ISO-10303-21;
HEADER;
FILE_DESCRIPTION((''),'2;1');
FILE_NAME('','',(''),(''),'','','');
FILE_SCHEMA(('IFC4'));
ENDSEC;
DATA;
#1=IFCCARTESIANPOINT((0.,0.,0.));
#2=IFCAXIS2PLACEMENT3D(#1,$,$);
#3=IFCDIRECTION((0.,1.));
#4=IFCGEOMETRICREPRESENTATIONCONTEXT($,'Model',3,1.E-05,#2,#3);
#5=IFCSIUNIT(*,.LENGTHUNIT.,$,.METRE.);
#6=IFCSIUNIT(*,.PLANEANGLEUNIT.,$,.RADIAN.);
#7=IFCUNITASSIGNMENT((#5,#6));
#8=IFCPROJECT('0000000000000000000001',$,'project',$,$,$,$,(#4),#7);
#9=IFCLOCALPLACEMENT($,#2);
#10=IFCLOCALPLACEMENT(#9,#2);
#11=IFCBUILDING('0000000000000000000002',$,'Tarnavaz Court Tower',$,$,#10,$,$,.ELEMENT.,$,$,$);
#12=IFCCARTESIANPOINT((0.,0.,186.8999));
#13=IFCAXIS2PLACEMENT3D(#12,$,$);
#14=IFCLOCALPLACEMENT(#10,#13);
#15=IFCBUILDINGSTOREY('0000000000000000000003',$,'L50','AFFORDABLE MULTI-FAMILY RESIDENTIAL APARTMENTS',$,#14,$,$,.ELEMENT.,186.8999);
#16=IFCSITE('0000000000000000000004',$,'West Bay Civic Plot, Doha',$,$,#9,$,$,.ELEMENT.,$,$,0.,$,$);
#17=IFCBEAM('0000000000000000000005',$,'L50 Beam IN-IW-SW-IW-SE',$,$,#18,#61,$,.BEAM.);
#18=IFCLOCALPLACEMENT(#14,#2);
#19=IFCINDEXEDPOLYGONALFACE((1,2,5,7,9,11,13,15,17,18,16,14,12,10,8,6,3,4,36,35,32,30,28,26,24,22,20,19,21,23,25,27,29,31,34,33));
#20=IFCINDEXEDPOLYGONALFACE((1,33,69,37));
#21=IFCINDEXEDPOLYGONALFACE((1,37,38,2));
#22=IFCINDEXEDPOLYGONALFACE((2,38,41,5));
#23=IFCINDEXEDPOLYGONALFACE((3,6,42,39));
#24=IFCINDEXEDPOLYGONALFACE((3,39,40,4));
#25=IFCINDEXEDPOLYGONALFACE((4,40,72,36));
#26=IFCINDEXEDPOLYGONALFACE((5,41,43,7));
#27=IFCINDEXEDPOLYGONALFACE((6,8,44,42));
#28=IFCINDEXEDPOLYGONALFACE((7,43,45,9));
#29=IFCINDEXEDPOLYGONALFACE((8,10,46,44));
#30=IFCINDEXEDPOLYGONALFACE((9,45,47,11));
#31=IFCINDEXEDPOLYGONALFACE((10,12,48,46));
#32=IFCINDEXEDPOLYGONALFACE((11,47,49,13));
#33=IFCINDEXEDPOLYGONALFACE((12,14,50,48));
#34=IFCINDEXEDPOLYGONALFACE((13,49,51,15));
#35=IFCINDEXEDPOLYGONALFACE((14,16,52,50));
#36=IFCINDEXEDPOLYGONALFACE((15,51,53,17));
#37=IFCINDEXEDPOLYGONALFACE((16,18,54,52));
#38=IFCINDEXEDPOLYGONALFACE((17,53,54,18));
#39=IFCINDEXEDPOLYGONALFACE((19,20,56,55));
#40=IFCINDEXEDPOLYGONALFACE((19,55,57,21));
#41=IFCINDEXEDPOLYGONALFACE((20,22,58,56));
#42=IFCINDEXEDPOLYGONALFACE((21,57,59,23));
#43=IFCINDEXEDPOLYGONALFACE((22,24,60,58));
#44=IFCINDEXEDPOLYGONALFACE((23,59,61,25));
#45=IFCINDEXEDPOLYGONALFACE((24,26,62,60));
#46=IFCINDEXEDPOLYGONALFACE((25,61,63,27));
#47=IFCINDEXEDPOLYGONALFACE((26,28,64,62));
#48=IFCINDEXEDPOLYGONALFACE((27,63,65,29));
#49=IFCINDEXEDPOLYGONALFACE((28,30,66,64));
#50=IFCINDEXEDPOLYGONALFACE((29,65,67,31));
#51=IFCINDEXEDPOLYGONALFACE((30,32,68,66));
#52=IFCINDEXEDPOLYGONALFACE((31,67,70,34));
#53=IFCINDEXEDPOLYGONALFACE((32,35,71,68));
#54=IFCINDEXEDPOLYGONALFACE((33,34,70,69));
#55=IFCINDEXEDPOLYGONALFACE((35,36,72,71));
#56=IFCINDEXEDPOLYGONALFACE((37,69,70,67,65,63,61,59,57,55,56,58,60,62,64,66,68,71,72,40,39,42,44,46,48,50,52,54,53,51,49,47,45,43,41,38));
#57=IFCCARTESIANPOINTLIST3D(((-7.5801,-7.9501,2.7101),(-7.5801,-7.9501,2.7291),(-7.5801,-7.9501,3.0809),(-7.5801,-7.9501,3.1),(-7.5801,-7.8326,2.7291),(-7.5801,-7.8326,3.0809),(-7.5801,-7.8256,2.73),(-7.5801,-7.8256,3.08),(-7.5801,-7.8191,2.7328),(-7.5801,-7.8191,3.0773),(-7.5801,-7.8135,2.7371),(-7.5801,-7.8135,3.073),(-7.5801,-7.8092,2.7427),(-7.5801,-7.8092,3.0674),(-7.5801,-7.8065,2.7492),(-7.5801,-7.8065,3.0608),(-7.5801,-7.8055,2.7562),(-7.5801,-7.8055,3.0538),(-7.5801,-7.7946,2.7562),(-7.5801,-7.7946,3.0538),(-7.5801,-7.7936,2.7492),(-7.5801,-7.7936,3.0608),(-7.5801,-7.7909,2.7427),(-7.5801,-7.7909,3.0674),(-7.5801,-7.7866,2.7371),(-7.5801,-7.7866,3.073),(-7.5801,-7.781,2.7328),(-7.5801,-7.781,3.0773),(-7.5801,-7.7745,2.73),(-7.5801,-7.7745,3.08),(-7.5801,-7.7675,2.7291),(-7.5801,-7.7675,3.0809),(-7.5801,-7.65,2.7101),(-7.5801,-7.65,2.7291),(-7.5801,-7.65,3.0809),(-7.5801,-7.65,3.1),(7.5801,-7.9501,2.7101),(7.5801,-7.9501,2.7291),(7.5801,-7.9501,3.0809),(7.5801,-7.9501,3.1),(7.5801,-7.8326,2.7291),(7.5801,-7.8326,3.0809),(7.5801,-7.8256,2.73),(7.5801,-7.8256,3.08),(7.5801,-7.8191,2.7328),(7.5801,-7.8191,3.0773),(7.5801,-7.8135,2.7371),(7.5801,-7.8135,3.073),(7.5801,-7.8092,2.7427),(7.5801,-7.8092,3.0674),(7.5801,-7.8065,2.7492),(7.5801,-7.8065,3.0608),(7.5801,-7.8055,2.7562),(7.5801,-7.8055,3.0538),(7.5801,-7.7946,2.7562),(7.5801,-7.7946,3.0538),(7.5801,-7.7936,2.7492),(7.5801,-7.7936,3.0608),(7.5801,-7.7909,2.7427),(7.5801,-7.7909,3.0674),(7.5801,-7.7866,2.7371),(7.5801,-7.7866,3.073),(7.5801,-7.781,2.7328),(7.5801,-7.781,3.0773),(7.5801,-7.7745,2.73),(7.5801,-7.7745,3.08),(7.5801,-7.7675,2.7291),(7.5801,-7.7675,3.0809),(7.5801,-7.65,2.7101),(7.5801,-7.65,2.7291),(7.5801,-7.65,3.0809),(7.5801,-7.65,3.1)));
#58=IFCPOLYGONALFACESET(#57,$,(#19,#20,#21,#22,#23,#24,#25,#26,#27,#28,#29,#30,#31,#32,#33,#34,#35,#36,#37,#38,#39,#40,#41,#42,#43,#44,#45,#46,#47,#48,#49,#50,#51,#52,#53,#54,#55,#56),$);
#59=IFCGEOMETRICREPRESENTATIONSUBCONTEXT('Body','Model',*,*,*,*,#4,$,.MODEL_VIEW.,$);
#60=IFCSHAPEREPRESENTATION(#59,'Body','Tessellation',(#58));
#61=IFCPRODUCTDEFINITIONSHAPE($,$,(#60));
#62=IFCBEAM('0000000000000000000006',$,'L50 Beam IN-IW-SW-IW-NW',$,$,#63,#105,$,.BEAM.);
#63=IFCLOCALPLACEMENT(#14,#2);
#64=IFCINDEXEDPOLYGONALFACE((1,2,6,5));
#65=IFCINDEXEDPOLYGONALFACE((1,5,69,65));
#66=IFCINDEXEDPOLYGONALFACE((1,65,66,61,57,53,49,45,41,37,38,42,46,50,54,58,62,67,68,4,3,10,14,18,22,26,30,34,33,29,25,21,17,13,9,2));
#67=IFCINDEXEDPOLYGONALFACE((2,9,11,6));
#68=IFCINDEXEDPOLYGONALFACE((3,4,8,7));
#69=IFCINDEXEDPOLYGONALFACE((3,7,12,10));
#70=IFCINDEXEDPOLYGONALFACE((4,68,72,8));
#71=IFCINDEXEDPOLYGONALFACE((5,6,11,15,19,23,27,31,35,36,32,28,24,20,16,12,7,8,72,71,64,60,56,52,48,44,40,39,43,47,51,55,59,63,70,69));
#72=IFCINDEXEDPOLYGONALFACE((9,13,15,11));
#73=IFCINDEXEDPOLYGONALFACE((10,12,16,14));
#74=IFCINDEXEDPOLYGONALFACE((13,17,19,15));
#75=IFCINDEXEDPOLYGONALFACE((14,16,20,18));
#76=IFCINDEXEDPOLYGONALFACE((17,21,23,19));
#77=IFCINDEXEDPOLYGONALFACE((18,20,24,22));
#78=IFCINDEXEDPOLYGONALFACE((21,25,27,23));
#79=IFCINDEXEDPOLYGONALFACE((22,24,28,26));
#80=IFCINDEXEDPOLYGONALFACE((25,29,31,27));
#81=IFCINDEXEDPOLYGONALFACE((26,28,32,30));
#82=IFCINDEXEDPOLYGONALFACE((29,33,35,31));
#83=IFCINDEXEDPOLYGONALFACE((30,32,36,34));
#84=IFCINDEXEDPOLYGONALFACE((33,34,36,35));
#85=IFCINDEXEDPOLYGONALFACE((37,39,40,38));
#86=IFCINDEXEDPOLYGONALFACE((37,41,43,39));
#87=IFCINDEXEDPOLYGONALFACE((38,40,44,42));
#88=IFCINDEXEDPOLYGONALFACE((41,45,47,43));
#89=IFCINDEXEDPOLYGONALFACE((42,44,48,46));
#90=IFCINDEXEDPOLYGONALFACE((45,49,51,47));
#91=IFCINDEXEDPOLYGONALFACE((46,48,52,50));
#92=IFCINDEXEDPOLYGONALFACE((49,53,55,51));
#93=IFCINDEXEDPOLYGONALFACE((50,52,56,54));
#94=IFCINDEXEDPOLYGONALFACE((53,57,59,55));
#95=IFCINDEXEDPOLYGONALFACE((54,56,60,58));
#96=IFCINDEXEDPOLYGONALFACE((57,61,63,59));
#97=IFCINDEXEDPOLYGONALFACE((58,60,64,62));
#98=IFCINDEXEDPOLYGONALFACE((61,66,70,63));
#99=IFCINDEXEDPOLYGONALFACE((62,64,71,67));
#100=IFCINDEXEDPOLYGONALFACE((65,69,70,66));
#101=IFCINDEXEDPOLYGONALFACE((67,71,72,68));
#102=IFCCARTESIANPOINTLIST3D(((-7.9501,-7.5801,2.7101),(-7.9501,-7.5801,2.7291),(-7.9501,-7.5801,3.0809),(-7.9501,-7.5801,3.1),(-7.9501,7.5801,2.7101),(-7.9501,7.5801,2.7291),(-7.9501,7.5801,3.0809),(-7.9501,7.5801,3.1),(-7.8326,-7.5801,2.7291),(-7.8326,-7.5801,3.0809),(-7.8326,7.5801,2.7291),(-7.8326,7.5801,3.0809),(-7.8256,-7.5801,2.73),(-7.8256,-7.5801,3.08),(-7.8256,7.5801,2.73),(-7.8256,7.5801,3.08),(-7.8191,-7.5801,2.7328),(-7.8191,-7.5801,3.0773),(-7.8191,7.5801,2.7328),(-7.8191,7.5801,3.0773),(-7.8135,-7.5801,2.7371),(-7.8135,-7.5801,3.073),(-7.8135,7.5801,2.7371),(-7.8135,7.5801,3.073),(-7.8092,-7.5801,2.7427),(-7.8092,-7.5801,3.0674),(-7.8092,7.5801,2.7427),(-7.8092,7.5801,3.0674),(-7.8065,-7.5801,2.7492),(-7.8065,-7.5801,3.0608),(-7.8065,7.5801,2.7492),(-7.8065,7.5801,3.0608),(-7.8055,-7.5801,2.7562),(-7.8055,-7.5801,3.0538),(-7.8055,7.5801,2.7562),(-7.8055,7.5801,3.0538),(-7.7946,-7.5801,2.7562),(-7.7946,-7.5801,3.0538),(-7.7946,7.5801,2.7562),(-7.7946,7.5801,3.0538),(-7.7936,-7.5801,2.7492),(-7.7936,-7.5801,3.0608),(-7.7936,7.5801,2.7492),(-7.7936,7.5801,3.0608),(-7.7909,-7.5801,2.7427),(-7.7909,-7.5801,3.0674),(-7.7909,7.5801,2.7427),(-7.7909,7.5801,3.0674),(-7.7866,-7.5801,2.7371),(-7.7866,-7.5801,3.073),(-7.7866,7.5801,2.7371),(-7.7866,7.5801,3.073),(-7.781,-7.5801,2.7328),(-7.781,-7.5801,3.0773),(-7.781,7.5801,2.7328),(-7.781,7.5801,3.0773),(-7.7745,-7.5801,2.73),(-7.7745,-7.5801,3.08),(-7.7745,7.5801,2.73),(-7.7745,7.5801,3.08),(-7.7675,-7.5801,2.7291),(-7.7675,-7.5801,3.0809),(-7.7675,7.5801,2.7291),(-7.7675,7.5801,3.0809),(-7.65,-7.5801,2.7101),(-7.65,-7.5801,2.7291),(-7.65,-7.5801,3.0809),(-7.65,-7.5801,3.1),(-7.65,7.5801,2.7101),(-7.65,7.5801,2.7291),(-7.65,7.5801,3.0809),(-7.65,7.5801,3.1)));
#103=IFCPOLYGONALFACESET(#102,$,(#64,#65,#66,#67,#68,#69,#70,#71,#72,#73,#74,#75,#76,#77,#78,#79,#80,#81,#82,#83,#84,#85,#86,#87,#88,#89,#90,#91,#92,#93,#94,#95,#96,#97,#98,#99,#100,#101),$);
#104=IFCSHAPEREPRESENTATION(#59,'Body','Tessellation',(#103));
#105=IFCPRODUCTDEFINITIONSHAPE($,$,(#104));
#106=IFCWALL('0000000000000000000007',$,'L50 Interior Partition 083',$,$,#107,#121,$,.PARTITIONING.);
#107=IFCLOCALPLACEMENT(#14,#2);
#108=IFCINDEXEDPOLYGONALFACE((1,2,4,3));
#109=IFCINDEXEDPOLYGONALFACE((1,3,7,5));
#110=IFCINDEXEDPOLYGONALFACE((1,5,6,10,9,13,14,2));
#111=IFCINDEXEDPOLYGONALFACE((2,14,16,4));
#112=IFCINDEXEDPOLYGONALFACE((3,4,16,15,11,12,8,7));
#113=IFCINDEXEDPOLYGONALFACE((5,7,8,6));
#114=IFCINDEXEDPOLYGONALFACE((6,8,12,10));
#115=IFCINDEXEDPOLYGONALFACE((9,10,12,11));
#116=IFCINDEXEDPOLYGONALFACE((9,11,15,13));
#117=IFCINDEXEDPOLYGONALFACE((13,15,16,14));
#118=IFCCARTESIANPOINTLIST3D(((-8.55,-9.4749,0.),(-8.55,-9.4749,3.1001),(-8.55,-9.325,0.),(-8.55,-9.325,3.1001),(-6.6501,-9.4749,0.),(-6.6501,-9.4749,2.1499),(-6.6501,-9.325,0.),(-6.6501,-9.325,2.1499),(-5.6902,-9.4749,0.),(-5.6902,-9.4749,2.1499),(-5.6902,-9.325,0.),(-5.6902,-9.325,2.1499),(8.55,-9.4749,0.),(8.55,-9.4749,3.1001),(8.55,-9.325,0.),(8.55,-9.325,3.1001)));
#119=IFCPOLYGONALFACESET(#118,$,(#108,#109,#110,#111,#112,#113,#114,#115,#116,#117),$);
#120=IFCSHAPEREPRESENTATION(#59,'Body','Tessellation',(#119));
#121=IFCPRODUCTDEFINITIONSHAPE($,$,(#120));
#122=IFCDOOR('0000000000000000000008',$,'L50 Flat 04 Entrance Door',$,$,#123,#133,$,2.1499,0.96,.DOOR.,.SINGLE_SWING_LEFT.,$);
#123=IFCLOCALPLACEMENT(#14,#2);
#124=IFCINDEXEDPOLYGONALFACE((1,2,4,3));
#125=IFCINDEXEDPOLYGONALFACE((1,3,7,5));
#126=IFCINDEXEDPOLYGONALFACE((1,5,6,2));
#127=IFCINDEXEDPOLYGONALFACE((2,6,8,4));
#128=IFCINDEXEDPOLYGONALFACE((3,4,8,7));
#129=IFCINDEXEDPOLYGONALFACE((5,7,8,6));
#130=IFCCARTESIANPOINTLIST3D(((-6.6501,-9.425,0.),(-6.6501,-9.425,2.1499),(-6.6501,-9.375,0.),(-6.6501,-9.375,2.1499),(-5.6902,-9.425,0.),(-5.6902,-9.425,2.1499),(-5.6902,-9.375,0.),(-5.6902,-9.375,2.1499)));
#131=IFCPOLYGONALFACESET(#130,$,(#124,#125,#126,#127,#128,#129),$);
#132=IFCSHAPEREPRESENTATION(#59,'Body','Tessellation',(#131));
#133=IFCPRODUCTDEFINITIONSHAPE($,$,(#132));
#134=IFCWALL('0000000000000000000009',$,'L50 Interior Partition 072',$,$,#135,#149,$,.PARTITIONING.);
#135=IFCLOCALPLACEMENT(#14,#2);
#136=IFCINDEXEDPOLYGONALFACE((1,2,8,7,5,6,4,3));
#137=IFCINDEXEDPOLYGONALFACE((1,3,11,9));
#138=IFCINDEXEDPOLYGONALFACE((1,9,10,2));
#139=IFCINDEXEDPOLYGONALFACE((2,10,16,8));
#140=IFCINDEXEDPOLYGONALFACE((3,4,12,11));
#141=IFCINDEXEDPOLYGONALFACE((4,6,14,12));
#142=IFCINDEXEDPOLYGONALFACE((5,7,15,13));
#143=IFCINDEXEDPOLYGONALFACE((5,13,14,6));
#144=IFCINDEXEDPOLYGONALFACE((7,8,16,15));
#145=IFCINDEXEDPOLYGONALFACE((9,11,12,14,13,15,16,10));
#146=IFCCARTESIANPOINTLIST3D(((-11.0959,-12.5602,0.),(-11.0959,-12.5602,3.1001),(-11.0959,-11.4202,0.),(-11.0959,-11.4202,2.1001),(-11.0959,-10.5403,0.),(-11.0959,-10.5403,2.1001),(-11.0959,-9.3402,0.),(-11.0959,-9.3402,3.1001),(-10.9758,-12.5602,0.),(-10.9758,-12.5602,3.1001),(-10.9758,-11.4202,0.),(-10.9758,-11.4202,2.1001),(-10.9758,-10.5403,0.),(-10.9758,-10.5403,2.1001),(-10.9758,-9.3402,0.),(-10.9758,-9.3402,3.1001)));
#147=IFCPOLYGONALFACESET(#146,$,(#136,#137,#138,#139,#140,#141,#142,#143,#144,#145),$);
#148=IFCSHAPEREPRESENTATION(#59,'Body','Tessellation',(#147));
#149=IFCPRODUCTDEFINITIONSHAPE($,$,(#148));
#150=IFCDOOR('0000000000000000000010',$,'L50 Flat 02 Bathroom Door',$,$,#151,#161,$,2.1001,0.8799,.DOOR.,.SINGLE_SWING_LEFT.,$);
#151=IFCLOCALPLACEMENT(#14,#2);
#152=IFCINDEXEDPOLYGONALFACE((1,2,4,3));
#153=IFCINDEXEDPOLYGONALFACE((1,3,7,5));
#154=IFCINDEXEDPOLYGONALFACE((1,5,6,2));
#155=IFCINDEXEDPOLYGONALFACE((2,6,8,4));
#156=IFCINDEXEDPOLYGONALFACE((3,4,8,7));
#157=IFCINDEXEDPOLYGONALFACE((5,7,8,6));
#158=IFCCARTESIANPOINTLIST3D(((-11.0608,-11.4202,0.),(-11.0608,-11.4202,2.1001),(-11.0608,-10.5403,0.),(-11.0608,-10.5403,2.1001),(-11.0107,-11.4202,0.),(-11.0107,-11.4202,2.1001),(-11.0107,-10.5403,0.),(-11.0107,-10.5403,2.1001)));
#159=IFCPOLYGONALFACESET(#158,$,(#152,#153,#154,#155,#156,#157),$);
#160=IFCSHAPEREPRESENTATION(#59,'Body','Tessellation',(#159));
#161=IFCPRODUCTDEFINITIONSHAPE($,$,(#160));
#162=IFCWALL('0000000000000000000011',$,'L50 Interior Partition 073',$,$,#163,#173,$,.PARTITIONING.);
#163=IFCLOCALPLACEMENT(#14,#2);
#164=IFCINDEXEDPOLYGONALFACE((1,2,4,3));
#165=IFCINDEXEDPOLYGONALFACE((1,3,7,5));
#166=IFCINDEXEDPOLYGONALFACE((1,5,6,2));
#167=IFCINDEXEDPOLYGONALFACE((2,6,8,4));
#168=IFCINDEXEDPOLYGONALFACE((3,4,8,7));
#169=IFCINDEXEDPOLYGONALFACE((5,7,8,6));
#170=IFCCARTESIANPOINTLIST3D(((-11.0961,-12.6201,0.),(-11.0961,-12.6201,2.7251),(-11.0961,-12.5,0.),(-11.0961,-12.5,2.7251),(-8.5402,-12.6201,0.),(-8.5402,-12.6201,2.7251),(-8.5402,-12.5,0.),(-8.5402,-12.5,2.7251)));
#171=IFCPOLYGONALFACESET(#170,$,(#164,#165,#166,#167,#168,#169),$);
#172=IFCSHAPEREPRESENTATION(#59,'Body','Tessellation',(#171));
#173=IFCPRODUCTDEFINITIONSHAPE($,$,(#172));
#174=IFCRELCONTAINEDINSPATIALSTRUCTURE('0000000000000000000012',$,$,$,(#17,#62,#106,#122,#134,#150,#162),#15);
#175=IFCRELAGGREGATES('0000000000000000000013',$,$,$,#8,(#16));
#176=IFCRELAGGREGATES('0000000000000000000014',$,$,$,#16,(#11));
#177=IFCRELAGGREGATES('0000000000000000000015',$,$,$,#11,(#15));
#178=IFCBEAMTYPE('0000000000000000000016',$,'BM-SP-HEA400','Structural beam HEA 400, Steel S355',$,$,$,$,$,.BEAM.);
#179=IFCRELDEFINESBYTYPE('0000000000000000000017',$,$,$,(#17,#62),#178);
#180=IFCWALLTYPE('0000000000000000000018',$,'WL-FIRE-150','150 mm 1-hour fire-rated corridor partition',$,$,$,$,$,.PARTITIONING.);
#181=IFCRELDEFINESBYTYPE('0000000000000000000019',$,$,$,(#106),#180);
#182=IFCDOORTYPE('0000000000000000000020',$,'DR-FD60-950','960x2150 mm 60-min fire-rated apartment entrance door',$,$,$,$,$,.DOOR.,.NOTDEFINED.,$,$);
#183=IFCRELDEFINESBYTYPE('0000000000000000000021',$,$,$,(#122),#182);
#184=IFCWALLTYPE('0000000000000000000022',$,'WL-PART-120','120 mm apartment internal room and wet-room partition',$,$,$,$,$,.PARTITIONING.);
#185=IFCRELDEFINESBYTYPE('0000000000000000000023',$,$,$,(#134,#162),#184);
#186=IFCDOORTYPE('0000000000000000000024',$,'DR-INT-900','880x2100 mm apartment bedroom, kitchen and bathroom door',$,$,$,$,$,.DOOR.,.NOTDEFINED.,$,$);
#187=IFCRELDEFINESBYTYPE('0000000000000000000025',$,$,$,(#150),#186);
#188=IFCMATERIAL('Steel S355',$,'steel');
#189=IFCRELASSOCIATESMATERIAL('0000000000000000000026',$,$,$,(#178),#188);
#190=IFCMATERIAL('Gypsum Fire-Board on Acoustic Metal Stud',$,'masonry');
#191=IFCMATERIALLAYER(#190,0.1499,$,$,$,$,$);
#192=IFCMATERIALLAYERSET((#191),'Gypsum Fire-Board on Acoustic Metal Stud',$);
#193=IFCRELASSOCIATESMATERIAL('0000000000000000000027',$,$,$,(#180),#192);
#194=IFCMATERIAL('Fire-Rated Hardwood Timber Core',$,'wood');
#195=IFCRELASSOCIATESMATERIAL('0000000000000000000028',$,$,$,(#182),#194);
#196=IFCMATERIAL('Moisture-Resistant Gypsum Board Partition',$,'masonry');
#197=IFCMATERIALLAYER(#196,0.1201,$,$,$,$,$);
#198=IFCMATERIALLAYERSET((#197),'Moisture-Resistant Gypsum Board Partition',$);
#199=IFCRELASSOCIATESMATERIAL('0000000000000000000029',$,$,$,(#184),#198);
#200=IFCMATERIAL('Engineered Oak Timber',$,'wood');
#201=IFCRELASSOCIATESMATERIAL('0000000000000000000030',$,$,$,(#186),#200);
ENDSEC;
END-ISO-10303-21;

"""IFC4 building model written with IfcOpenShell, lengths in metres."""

from ifc_helpers import new_model, si_unit, direction, frame, frame_2d, origin, origin_2d, place, context, subcontext, project, spatial, rectangle, i_section, extrude, material, layer, layer_set, material_profile, profile_set, type_object, element, fill, save


model = new_model("IFC4")

# Units and contexts
model_context = context("Model", 3, precision=1e-05, world=origin(), true_north=direction((0.0, 1.0)))
body_context = subcontext(model_context, "Body", "Model", "MODEL_VIEW")
ifc_project = project(units=[si_unit("LENGTHUNIT", "METRE"), si_unit("PLANEANGLEUNIT", "RADIAN")], contexts=[model_context])

# Site, building, storey
site_placement = place(None, origin())
site = spatial("IfcSite", under=ifc_project, at=site_placement, Name="West Bay Civic Plot, Doha", CompositionType="ELEMENT", RefElevation=0.0)
building_placement = place(site_placement, origin())
building = spatial("IfcBuilding", under=site, at=building_placement, Name="Tarnavaz Court Tower", CompositionType="ELEMENT")
storey_placement = place(building_placement, frame((0.0, 0.0, 186.8999)))
storey = spatial("IfcBuildingStorey", under=building, at=storey_placement, Name="L50", Description="AFFORDABLE MULTI-FAMILY RESIDENTIAL APARTMENTS", CompositionType="ELEMENT", Elevation=186.8999)

# Beams
ifc_material_1 = material(Name="Steel S355", Category="steel")
ifc_material_profile_1 = material_profile(ifc_material_1, i_section(OverallWidth=0.3, OverallDepth=0.3899, WebThickness=0.011, FlangeThickness=0.019, FilletRadius=0.0271, at=origin_2d()), Name="HEA 400")
ifc_profile_set_1 = profile_set([ifc_material_profile_1], Name="Steel S355")
beam_type_1 = type_object("IfcBeamType", Name="BM-SP-HEA400", Description="Structural beam HEA 400, Steel S355", PredefinedType="BEAM", material=ifc_profile_set_1)
for number, where, z_axis, x_axis, name in (
    (1, (-7.5801, -7.8, 2.905), (1.0, 0.0, 0.0), (0.0, 1.0, 0.0), "L50 Beam IN-IW-SW-IW-SE"),
    (2, (-7.8, -7.5801, 2.905), (0.0, 1.0, 0.0), (-1.0, 0.0, 0.0), "L50 Beam IN-IW-SW-IW-NW"),
):
    element("IfcBeam", number, at=place(storey_placement, frame(where, z_axis=z_axis, x_axis=x_axis)), inside=storey, type_object=beam_type_1, Name=name, PredefinedType="BEAM", context=body_context, shape_type="SweptSolid", body=[
        extrude(i_section(OverallWidth=0.3, OverallDepth=0.3899, WebThickness=0.011, FlangeThickness=0.019, FilletRadius=0.0271, at=origin_2d()), origin(), (0.0, 0.0, 1.0), 15.1602),
    ])

# Walls, openings, doors
ifc_material_2 = material(Name="Gypsum Fire-Board on Acoustic Metal Stud", Category="masonry")
ifc_layer_1 = layer(ifc_material_2, 0.1499)
ifc_layer_set_1 = layer_set([ifc_layer_1], Name="Gypsum Fire-Board on Acoustic Metal Stud")
wall_type_1 = type_object("IfcWallType", Name="WL-FIRE-150", Description="150 mm 1-hour fire-rated corridor partition", PredefinedType="PARTITIONING", material=ifc_layer_set_1)
wall_1_placement = place(storey_placement, frame((-8.55, -9.3999, 0.0), z_axis=(0.0, 0.0, 1.0), x_axis=(1.0, 0.0, 0.0)))
wall_1 = element("IfcWall", 3, at=wall_1_placement, inside=storey, type_object=wall_type_1, Name="L50 Interior Partition 083", PredefinedType="PARTITIONING", context=body_context, shape_type="SweptSolid", body=[
    extrude(rectangle(XDim=17.1001, YDim=0.1499, at=frame_2d((8.55, 0.0))), origin(), (0.0, 0.0, 1.0), 3.1001),
])
opening_1_placement = place(wall_1_placement, frame((1.8999, 0.0, 0.0)))
opening_1 = element("IfcOpeningElement", 4, at=opening_1_placement, cuts=wall_1, PredefinedType="OPENING", context=body_context, shape_type="SweptSolid", body=[
    extrude(rectangle(XDim=0.96, YDim=2.1499, at=frame_2d((0.48, 1.075))), frame((0.0, 0.085, 0.0), z_axis=(0.0, -1.0, 0.0), x_axis=(1.0, 0.0, 0.0)), (0.0, 0.0, 1.0), 0.1699),
])
ifc_material_3 = material(Name="Fire-Rated Hardwood Timber Core", Category="wood")
door_type_1 = type_object("IfcDoorType", Name="DR-FD60-950", Description="960x2150 mm 60-min fire-rated apartment entrance door", OperationType="NOTDEFINED", PredefinedType="DOOR", material=ifc_material_3)
door_1_placement = place(opening_1_placement, origin())
door_1 = element("IfcDoor", 5, at=door_1_placement, inside=storey, type_object=door_type_1, Name="L50 Flat 04 Entrance Door", OperationType="SINGLE_SWING_LEFT", OverallHeight=2.1499, OverallWidth=0.96, PredefinedType="DOOR", context=body_context, shape_type="SweptSolid", body=[
    extrude(rectangle(XDim=0.96, YDim=2.1499, at=frame_2d((0.48, 1.075))), frame((0.0, 0.0249, 0.0), z_axis=(0.0, -1.0, 0.0), x_axis=(1.0, 0.0, 0.0)), (0.0, 0.0, 1.0), 0.05),
])
fill(opening_1, door_1)
ifc_material_4 = material(Name="Moisture-Resistant Gypsum Board Partition", Category="masonry")
ifc_layer_2 = layer(ifc_material_4, 0.1201)
ifc_layer_set_2 = layer_set([ifc_layer_2], Name="Moisture-Resistant Gypsum Board Partition")
wall_type_2 = type_object("IfcWallType", Name="WL-PART-120", Description="120 mm apartment internal room and wet-room partition", PredefinedType="PARTITIONING", material=ifc_layer_set_2)
wall_2_placement = place(storey_placement, frame((-11.0359, -12.5601, 0.0), z_axis=(0.0, 0.0, 1.0), x_axis=(0.0, 1.0, 0.0)))
wall_2 = element("IfcWall", 6, at=wall_2_placement, inside=storey, type_object=wall_type_2, Name="L50 Interior Partition 072", PredefinedType="PARTITIONING", context=body_context, shape_type="SweptSolid", body=[
    extrude(rectangle(XDim=3.22, YDim=0.1201, at=frame_2d((1.6099, 0.0))), origin(), (0.0, 0.0, 1.0), 3.1001),
])
opening_2_placement = place(wall_2_placement, frame((1.1399, 0.0, 0.0)))
opening_2 = element("IfcOpeningElement", 7, at=opening_2_placement, cuts=wall_2, PredefinedType="OPENING", context=body_context, shape_type="SweptSolid", body=[
    extrude(rectangle(XDim=0.8799, YDim=2.1001, at=frame_2d((0.4399, 1.05))), frame((0.0, 0.0701, 0.0), z_axis=(0.0, -1.0, 0.0), x_axis=(1.0, 0.0, 0.0)), (0.0, 0.0, 1.0), 0.1401),
])
ifc_material_5 = material(Name="Engineered Oak Timber", Category="wood")
door_type_2 = type_object("IfcDoorType", Name="DR-INT-900", Description="880x2100 mm apartment bedroom, kitchen and bathroom door", OperationType="NOTDEFINED", PredefinedType="DOOR", material=ifc_material_5)
door_2_placement = place(opening_2_placement, origin())
door_2 = element("IfcDoor", 8, at=door_2_placement, inside=storey, type_object=door_type_2, Name="L50 Flat 02 Bathroom Door", OperationType="SINGLE_SWING_LEFT", OverallHeight=2.1001, OverallWidth=0.8799, PredefinedType="DOOR", context=body_context, shape_type="SweptSolid", body=[
    extrude(rectangle(XDim=0.8799, YDim=2.1001, at=frame_2d((0.4399, 1.05))), frame((0.0, 0.0249, 0.0), z_axis=(0.0, -1.0, 0.0), x_axis=(1.0, 0.0, 0.0)), (0.0, 0.0, 1.0), 0.05),
])
fill(opening_2, door_2)

# Wall
wall_3_placement = place(storey_placement, frame((-11.0959, -12.5601, 0.0), z_axis=(0.0, 0.0, 1.0), x_axis=(1.0, 0.0, 0.0)))
element("IfcWall", 9, at=wall_3_placement, inside=storey, type_object=wall_type_2, Name="L50 Interior Partition 073", PredefinedType="PARTITIONING", context=body_context, shape_type="SweptSolid", body=[
    extrude(rectangle(XDim=2.5559, YDim=0.1201, at=frame_2d((1.2778, 0.0))), origin(), (0.0, 0.0, 1.0), 2.7251),
])

save(model, "model.ifc")
